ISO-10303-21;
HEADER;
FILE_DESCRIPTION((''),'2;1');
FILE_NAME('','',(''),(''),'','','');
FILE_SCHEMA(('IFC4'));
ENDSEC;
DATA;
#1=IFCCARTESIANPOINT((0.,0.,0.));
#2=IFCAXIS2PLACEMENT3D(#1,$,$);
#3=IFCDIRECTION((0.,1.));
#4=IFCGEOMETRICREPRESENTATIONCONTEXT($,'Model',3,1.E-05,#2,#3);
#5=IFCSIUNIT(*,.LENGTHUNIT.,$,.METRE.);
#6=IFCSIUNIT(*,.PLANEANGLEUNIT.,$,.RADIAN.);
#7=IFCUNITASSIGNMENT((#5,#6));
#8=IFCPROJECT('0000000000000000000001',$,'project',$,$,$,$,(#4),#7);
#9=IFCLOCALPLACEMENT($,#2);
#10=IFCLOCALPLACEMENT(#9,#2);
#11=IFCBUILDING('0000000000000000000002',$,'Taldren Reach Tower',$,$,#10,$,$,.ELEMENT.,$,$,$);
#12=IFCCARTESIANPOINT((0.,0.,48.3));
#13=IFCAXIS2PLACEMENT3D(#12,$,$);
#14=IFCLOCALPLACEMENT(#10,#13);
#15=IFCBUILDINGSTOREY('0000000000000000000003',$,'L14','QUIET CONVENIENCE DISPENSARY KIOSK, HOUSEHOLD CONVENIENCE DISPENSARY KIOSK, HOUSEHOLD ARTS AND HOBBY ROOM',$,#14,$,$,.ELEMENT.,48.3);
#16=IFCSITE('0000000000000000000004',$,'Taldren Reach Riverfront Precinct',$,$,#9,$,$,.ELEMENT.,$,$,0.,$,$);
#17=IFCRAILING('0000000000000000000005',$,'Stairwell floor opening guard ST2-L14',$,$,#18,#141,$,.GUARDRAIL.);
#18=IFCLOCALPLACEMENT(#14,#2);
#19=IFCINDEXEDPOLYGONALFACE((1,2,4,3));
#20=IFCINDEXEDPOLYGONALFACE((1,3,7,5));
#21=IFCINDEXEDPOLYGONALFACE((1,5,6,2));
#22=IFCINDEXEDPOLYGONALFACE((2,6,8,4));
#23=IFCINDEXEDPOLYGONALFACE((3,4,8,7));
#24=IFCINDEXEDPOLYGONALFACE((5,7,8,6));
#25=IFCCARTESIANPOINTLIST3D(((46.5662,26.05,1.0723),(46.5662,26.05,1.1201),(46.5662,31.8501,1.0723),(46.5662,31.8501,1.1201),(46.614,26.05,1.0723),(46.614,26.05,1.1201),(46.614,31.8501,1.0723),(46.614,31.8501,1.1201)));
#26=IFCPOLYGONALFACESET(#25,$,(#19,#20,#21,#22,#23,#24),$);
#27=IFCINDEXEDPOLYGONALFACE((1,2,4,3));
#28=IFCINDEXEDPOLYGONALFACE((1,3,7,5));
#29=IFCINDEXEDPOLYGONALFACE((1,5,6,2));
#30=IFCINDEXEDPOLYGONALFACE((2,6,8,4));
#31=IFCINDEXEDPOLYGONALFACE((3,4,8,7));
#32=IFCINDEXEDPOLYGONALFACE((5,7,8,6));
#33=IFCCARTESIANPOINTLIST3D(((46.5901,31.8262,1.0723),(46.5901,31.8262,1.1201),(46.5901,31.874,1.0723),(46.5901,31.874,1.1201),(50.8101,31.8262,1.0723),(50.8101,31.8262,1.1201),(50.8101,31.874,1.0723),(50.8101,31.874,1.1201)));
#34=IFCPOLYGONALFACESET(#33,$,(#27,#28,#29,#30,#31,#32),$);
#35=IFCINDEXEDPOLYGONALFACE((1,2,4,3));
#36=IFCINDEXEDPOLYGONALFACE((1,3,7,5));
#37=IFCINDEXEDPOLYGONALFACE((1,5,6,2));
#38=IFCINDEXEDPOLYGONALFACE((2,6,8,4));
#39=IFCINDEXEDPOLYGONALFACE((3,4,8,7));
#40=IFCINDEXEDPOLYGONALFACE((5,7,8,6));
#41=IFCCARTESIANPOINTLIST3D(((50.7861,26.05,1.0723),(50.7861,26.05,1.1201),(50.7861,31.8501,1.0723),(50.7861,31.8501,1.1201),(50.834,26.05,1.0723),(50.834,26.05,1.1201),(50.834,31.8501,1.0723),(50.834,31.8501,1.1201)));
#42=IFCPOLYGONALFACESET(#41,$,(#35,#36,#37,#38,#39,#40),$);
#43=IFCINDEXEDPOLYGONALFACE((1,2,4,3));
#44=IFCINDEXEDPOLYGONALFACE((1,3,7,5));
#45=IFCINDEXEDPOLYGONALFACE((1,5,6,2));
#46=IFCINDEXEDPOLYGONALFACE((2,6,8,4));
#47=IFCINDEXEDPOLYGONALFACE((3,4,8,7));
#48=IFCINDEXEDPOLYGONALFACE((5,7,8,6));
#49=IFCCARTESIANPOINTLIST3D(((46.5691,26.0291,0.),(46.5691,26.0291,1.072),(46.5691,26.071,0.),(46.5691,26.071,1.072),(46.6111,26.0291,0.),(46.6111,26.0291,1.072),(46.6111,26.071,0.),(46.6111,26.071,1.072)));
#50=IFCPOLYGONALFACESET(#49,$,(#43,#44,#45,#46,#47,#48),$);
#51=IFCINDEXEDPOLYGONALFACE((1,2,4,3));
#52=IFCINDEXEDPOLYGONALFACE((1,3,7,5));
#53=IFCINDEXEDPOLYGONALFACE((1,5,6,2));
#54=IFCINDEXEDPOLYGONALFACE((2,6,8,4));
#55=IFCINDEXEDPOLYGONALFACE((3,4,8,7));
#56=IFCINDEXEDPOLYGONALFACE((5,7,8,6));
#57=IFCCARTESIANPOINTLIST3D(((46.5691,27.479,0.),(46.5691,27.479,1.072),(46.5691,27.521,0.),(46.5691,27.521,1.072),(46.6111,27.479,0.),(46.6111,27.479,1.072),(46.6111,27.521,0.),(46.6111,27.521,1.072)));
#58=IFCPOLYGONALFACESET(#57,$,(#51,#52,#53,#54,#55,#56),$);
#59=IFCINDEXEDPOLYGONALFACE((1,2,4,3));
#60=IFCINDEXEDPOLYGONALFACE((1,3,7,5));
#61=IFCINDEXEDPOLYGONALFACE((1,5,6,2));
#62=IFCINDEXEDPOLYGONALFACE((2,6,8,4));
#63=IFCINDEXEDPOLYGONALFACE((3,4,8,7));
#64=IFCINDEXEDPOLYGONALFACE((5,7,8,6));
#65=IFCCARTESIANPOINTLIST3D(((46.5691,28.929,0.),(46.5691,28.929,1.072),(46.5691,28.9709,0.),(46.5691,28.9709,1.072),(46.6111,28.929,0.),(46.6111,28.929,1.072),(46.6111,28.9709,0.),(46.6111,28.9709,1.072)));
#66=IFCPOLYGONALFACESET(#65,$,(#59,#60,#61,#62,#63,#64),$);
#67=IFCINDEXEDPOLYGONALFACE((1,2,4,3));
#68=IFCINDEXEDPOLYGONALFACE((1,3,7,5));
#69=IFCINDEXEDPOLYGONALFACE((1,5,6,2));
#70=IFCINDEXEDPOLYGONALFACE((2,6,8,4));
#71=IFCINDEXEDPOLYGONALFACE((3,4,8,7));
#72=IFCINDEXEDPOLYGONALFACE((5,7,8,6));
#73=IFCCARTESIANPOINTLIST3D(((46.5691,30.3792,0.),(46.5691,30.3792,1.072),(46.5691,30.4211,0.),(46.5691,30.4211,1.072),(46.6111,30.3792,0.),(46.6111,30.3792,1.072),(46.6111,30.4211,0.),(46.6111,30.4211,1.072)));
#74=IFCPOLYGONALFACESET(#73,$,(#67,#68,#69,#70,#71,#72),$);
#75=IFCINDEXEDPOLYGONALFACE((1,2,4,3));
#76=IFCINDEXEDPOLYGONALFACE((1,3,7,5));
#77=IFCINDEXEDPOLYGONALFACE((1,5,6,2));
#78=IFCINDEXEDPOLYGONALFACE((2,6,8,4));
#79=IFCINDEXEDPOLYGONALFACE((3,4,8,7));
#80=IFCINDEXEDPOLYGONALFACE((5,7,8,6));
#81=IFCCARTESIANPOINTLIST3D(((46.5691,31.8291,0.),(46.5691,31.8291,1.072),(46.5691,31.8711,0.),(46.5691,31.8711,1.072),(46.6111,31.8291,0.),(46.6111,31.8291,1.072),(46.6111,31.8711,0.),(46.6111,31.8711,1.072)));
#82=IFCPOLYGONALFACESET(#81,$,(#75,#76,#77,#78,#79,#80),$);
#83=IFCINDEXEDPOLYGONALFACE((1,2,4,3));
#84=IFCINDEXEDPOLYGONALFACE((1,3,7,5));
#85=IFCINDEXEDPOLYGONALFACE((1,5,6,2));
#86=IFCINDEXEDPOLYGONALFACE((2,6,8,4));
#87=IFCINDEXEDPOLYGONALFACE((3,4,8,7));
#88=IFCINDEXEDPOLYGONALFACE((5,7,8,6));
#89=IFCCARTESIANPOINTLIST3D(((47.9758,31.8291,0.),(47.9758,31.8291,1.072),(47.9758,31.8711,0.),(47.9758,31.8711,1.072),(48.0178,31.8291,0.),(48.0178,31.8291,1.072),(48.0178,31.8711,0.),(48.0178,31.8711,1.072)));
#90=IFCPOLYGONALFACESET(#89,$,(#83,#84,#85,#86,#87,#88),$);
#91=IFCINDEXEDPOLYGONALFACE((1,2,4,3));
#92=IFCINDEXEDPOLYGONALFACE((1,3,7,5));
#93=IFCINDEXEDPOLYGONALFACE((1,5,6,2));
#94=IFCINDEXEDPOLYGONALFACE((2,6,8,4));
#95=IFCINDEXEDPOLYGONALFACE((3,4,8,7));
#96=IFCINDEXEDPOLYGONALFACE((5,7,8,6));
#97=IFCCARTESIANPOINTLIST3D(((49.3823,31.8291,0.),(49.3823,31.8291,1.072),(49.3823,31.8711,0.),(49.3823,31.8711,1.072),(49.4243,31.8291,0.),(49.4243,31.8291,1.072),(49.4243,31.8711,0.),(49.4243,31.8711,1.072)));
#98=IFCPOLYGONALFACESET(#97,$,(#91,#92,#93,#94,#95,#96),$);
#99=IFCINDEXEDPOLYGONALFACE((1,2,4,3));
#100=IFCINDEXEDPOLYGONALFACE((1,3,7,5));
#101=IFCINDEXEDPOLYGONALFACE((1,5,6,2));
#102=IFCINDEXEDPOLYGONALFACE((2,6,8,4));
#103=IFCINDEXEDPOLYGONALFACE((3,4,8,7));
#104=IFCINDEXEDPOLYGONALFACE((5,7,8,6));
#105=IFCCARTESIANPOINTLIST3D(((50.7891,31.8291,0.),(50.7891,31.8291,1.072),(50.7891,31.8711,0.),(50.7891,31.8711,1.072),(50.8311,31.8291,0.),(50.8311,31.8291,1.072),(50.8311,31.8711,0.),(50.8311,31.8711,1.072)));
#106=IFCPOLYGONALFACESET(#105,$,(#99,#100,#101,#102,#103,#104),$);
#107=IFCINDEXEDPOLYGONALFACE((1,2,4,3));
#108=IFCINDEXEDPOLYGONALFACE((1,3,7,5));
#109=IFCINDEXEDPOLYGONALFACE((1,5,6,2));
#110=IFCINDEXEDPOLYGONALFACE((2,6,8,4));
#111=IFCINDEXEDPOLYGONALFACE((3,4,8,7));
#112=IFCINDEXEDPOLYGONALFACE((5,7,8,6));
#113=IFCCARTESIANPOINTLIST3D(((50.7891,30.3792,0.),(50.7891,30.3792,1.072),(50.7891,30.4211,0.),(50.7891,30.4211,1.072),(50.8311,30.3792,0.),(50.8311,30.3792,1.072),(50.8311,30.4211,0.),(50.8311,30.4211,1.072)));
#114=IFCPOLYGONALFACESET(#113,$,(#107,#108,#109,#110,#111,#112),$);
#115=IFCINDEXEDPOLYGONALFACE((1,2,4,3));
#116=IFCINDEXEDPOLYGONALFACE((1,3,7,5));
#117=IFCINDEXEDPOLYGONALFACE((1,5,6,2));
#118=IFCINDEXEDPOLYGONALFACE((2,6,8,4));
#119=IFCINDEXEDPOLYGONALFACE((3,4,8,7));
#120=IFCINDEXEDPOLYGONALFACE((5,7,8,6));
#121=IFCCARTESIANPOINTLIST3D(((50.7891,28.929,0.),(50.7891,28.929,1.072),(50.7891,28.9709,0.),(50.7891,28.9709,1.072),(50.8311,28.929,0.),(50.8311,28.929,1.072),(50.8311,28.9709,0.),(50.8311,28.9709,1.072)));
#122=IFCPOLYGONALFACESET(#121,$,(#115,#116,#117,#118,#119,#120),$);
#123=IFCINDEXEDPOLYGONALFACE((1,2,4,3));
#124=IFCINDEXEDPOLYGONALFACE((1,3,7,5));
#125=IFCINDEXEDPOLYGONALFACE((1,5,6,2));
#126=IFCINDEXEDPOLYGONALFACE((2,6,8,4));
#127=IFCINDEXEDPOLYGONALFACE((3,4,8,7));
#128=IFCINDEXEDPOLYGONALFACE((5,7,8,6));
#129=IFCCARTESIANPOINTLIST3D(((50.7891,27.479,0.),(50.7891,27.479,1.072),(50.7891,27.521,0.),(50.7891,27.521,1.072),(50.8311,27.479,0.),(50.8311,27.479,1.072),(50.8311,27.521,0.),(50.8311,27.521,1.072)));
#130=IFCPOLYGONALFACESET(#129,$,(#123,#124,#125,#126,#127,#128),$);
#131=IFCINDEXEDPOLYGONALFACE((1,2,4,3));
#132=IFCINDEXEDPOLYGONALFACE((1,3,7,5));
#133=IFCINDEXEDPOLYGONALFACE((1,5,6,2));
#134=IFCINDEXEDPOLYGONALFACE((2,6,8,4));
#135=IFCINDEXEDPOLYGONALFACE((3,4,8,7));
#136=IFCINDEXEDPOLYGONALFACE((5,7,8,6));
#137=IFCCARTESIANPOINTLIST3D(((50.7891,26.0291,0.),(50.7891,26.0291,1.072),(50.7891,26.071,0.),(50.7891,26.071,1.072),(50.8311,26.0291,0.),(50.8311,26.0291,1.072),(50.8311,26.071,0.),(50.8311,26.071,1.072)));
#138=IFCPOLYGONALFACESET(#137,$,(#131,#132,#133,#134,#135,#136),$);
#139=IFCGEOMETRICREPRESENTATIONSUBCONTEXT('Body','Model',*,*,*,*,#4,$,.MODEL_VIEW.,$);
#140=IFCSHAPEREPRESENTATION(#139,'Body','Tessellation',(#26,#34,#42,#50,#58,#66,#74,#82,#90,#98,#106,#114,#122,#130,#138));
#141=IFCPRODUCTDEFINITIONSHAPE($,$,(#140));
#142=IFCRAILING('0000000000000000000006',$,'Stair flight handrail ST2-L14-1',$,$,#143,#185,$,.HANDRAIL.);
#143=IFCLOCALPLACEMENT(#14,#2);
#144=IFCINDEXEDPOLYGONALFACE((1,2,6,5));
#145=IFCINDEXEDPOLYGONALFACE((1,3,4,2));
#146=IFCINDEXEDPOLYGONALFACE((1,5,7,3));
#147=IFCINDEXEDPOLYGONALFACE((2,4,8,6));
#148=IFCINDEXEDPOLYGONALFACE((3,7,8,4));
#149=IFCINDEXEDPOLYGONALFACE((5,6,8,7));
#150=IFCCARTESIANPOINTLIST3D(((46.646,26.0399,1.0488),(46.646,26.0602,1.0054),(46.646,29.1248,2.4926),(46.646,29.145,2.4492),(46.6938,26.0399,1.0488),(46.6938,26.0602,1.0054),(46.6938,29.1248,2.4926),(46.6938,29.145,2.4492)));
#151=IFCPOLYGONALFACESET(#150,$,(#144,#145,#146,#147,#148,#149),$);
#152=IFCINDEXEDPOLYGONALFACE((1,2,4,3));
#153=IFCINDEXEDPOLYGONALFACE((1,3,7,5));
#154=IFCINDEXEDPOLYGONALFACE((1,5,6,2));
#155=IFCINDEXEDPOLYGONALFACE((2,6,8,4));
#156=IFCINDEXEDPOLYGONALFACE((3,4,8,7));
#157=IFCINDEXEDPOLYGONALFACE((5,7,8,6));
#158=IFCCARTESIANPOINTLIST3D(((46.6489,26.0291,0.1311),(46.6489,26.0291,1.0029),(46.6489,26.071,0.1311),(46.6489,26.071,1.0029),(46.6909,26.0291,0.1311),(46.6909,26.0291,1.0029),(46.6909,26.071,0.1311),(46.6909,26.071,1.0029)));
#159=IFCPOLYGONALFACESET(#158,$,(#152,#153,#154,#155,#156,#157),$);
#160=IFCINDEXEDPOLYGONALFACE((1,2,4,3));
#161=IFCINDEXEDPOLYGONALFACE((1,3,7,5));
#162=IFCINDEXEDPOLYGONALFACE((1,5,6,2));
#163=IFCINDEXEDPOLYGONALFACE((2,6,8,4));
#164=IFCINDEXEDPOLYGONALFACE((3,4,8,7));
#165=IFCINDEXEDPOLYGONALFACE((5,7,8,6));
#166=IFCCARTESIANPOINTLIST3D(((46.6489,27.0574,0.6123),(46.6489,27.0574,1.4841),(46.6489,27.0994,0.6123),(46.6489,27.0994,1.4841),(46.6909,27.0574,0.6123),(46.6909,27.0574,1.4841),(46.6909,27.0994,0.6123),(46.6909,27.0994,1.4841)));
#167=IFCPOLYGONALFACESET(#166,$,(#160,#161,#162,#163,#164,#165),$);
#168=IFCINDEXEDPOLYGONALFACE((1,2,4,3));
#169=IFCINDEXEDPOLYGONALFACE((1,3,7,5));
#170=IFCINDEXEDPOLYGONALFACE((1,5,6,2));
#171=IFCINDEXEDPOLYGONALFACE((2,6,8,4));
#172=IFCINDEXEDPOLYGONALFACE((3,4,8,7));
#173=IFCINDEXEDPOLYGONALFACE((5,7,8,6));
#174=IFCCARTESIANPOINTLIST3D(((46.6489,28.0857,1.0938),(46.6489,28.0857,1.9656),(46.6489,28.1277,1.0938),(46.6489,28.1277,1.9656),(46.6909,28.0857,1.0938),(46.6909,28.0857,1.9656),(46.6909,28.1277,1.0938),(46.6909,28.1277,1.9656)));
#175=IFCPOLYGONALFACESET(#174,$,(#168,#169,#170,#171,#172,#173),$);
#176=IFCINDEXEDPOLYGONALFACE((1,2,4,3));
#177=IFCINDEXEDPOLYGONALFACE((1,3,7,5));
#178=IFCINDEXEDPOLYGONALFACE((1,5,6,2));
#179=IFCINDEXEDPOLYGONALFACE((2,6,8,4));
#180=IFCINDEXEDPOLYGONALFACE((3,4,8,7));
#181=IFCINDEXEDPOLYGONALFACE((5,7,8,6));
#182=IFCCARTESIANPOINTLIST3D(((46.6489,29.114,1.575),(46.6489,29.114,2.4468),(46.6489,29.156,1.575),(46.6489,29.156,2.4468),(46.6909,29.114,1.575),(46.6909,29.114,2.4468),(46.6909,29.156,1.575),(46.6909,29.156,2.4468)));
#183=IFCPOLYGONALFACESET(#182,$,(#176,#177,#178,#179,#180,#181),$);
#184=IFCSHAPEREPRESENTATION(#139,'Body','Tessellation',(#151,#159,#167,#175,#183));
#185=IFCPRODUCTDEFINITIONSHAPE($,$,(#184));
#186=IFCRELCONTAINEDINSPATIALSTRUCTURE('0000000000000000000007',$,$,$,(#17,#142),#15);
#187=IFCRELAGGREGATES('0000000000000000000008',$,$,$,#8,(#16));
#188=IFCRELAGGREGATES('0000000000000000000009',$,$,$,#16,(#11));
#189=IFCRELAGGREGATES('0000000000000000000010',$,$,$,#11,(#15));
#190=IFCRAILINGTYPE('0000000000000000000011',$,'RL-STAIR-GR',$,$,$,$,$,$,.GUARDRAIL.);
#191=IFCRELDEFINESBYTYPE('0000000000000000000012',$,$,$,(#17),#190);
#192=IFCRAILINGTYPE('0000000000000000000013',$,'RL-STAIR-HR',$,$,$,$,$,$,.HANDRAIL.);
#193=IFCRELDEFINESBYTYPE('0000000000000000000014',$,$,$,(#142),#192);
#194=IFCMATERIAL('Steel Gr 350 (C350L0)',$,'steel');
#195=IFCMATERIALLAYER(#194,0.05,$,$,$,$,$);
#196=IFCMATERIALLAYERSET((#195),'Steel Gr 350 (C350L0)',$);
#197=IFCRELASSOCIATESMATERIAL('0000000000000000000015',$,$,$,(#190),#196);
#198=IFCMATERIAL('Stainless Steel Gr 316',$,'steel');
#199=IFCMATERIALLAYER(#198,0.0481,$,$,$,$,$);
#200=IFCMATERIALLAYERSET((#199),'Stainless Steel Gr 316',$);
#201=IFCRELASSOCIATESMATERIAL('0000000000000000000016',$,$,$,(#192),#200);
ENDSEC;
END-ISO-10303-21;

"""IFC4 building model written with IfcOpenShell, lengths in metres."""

from ifc_helpers import new_model, si_unit, direction, frame, origin, origin_2d, place, context, subcontext, project, spatial, rectangle, extrude, material, layer, layer_set, type_object, element, save


model = new_model("IFC4")

# Units and contexts
model_context = context("Model", 3, precision=1e-05, world=origin(), true_north=direction((0.0, 1.0)))
body_context = subcontext(model_context, "Body", "Model", "MODEL_VIEW")
ifc_project = project(units=[si_unit("LENGTHUNIT", "METRE"), si_unit("PLANEANGLEUNIT", "RADIAN")], contexts=[model_context])

# Site, building, storey
site_placement = place(None, origin())
site = spatial("IfcSite", under=ifc_project, at=site_placement, Name="Taldren Reach Riverfront Precinct", CompositionType="ELEMENT", RefElevation=0.0)
building_placement = place(site_placement, origin())
building = spatial("IfcBuilding", under=site, at=building_placement, Name="Taldren Reach Tower", CompositionType="ELEMENT")
storey_placement = place(building_placement, frame((0.0, 0.0, 48.3)))
storey = spatial("IfcBuildingStorey", under=building, at=storey_placement, Name="L14", Description="QUIET CONVENIENCE DISPENSARY KIOSK, HOUSEHOLD CONVENIENCE DISPENSARY KIOSK, HOUSEHOLD ARTS AND HOBBY ROOM", CompositionType="ELEMENT", Elevation=48.3)

# Railings
ifc_material_1 = material(Name="Steel Gr 350 (C350L0)", Category="steel")
ifc_layer_1 = layer(ifc_material_1, 0.05)
ifc_layer_set_1 = layer_set([ifc_layer_1], Name="Steel Gr 350 (C350L0)")
railing_type_1 = type_object("IfcRailingType", Name="RL-STAIR-GR", PredefinedType="GUARDRAIL", material=ifc_layer_set_1)
railing_1_placement = place(storey_placement, frame((46.5901, 26.05, 0.0)))
element("IfcRailing", 1, at=railing_1_placement, inside=storey, type_object=railing_type_1, Name="Stairwell floor opening guard ST2-L14", PredefinedType="GUARDRAIL", context=body_context, shape_type="SweptSolid", body=[
    extrude(rectangle(XDim=0.0479, YDim=0.0479, at=origin_2d()), frame((0.0, 0.0, 1.0962), z_axis=(0.0, 1.0, 0.0), x_axis=(-1.0, 0.0, 0.0)), (0.0, 0.0, 1.0), 5.8),
    extrude(rectangle(XDim=0.0479, YDim=0.0479, at=origin_2d()), frame((0.0, 5.8, 1.0962), z_axis=(1.0, 0.0, 0.0), x_axis=(0.0, 1.0, 0.0)), (0.0, 0.0, 1.0), 4.22),
    extrude(rectangle(XDim=0.0479, YDim=0.0479, at=origin_2d()), frame((4.22, 5.8, 1.0962), z_axis=(0.0, -1.0, 0.0), x_axis=(1.0, 0.0, 0.0)), (0.0, 0.0, 1.0), 5.8),
    extrude(rectangle(XDim=0.042, YDim=0.042, at=origin_2d()), origin(), (0.0, 0.0, 1.0), 1.072),
    extrude(rectangle(XDim=0.042, YDim=0.042, at=origin_2d()), frame((0.0, 1.45, 0.0)), (0.0, 0.0, 1.0), 1.072),
    extrude(rectangle(XDim=0.042, YDim=0.042, at=origin_2d()), frame((0.0, 2.8999, 0.0)), (0.0, 0.0, 1.0), 1.072),
    extrude(rectangle(XDim=0.042, YDim=0.042, at=origin_2d()), frame((0.0, 4.3501, 0.0)), (0.0, 0.0, 1.0), 1.072),
    extrude(rectangle(XDim=0.042, YDim=0.042, at=origin_2d()), frame((0.0, 5.8, 0.0)), (0.0, 0.0, 1.0), 1.072),
    extrude(rectangle(XDim=0.042, YDim=0.042, at=origin_2d()), frame((1.4067, 5.8, 0.0)), (0.0, 0.0, 1.0), 1.072),
    extrude(rectangle(XDim=0.042, YDim=0.042, at=origin_2d()), frame((2.8132, 5.8, 0.0)), (0.0, 0.0, 1.0), 1.072),
    extrude(rectangle(XDim=0.042, YDim=0.042, at=origin_2d()), frame((4.22, 5.8, 0.0)), (0.0, 0.0, 1.0), 1.072),
    extrude(rectangle(XDim=0.042, YDim=0.042, at=origin_2d()), frame((4.22, 4.3501, 0.0)), (0.0, 0.0, 1.0), 1.072),
    extrude(rectangle(XDim=0.042, YDim=0.042, at=origin_2d()), frame((4.22, 2.8999, 0.0)), (0.0, 0.0, 1.0), 1.072),
    extrude(rectangle(XDim=0.042, YDim=0.042, at=origin_2d()), frame((4.22, 1.45, 0.0)), (0.0, 0.0, 1.0), 1.072),
    extrude(rectangle(XDim=0.042, YDim=0.042, at=origin_2d()), frame((4.22, 0.0, 0.0)), (0.0, 0.0, 1.0), 1.072),
])
ifc_material_2 = material(Name="Stainless Steel Gr 316", Category="steel")
ifc_layer_2 = layer(ifc_material_2, 0.0481)
ifc_layer_set_2 = layer_set([ifc_layer_2], Name="Stainless Steel Gr 316")
railing_type_2 = type_object("IfcRailingType", Name="RL-STAIR-HR", PredefinedType="HANDRAIL", material=ifc_layer_set_2)
railing_2_placement = place(storey_placement, frame((46.6699, 26.05, 0.1311)))
element("IfcRailing", 2, at=railing_2_placement, inside=storey, type_object=railing_type_2, Name="Stair flight handrail ST2-L14-1", PredefinedType="HANDRAIL", context=body_context, shape_type="SweptSolid", body=[
    extrude(rectangle(XDim=0.0479, YDim=0.0479, at=origin_2d()), frame((0.0, 0.0, 0.896), z_axis=(0.0, 0.90571, 0.423898), x_axis=(-1.0, 0.0, 0.0)), (0.0, 0.0, 1.0), 3.406),
    extrude(rectangle(XDim=0.042, YDim=0.042, at=origin_2d()), origin(), (0.0, 0.0, 1.0), 0.8718),
    extrude(rectangle(XDim=0.042, YDim=0.042, at=origin_2d()), frame((0.0, 1.0283, 0.4812)), (0.0, 0.0, 1.0), 0.8718),
    extrude(rectangle(XDim=0.042, YDim=0.042, at=origin_2d()), frame((0.0, 2.0566, 0.9626)), (0.0, 0.0, 1.0), 0.8718),
    extrude(rectangle(XDim=0.042, YDim=0.042, at=origin_2d()), frame((0.0, 3.085, 1.4438)), (0.0, 0.0, 1.0), 0.8718),
])

save(model, "model.ifc")
